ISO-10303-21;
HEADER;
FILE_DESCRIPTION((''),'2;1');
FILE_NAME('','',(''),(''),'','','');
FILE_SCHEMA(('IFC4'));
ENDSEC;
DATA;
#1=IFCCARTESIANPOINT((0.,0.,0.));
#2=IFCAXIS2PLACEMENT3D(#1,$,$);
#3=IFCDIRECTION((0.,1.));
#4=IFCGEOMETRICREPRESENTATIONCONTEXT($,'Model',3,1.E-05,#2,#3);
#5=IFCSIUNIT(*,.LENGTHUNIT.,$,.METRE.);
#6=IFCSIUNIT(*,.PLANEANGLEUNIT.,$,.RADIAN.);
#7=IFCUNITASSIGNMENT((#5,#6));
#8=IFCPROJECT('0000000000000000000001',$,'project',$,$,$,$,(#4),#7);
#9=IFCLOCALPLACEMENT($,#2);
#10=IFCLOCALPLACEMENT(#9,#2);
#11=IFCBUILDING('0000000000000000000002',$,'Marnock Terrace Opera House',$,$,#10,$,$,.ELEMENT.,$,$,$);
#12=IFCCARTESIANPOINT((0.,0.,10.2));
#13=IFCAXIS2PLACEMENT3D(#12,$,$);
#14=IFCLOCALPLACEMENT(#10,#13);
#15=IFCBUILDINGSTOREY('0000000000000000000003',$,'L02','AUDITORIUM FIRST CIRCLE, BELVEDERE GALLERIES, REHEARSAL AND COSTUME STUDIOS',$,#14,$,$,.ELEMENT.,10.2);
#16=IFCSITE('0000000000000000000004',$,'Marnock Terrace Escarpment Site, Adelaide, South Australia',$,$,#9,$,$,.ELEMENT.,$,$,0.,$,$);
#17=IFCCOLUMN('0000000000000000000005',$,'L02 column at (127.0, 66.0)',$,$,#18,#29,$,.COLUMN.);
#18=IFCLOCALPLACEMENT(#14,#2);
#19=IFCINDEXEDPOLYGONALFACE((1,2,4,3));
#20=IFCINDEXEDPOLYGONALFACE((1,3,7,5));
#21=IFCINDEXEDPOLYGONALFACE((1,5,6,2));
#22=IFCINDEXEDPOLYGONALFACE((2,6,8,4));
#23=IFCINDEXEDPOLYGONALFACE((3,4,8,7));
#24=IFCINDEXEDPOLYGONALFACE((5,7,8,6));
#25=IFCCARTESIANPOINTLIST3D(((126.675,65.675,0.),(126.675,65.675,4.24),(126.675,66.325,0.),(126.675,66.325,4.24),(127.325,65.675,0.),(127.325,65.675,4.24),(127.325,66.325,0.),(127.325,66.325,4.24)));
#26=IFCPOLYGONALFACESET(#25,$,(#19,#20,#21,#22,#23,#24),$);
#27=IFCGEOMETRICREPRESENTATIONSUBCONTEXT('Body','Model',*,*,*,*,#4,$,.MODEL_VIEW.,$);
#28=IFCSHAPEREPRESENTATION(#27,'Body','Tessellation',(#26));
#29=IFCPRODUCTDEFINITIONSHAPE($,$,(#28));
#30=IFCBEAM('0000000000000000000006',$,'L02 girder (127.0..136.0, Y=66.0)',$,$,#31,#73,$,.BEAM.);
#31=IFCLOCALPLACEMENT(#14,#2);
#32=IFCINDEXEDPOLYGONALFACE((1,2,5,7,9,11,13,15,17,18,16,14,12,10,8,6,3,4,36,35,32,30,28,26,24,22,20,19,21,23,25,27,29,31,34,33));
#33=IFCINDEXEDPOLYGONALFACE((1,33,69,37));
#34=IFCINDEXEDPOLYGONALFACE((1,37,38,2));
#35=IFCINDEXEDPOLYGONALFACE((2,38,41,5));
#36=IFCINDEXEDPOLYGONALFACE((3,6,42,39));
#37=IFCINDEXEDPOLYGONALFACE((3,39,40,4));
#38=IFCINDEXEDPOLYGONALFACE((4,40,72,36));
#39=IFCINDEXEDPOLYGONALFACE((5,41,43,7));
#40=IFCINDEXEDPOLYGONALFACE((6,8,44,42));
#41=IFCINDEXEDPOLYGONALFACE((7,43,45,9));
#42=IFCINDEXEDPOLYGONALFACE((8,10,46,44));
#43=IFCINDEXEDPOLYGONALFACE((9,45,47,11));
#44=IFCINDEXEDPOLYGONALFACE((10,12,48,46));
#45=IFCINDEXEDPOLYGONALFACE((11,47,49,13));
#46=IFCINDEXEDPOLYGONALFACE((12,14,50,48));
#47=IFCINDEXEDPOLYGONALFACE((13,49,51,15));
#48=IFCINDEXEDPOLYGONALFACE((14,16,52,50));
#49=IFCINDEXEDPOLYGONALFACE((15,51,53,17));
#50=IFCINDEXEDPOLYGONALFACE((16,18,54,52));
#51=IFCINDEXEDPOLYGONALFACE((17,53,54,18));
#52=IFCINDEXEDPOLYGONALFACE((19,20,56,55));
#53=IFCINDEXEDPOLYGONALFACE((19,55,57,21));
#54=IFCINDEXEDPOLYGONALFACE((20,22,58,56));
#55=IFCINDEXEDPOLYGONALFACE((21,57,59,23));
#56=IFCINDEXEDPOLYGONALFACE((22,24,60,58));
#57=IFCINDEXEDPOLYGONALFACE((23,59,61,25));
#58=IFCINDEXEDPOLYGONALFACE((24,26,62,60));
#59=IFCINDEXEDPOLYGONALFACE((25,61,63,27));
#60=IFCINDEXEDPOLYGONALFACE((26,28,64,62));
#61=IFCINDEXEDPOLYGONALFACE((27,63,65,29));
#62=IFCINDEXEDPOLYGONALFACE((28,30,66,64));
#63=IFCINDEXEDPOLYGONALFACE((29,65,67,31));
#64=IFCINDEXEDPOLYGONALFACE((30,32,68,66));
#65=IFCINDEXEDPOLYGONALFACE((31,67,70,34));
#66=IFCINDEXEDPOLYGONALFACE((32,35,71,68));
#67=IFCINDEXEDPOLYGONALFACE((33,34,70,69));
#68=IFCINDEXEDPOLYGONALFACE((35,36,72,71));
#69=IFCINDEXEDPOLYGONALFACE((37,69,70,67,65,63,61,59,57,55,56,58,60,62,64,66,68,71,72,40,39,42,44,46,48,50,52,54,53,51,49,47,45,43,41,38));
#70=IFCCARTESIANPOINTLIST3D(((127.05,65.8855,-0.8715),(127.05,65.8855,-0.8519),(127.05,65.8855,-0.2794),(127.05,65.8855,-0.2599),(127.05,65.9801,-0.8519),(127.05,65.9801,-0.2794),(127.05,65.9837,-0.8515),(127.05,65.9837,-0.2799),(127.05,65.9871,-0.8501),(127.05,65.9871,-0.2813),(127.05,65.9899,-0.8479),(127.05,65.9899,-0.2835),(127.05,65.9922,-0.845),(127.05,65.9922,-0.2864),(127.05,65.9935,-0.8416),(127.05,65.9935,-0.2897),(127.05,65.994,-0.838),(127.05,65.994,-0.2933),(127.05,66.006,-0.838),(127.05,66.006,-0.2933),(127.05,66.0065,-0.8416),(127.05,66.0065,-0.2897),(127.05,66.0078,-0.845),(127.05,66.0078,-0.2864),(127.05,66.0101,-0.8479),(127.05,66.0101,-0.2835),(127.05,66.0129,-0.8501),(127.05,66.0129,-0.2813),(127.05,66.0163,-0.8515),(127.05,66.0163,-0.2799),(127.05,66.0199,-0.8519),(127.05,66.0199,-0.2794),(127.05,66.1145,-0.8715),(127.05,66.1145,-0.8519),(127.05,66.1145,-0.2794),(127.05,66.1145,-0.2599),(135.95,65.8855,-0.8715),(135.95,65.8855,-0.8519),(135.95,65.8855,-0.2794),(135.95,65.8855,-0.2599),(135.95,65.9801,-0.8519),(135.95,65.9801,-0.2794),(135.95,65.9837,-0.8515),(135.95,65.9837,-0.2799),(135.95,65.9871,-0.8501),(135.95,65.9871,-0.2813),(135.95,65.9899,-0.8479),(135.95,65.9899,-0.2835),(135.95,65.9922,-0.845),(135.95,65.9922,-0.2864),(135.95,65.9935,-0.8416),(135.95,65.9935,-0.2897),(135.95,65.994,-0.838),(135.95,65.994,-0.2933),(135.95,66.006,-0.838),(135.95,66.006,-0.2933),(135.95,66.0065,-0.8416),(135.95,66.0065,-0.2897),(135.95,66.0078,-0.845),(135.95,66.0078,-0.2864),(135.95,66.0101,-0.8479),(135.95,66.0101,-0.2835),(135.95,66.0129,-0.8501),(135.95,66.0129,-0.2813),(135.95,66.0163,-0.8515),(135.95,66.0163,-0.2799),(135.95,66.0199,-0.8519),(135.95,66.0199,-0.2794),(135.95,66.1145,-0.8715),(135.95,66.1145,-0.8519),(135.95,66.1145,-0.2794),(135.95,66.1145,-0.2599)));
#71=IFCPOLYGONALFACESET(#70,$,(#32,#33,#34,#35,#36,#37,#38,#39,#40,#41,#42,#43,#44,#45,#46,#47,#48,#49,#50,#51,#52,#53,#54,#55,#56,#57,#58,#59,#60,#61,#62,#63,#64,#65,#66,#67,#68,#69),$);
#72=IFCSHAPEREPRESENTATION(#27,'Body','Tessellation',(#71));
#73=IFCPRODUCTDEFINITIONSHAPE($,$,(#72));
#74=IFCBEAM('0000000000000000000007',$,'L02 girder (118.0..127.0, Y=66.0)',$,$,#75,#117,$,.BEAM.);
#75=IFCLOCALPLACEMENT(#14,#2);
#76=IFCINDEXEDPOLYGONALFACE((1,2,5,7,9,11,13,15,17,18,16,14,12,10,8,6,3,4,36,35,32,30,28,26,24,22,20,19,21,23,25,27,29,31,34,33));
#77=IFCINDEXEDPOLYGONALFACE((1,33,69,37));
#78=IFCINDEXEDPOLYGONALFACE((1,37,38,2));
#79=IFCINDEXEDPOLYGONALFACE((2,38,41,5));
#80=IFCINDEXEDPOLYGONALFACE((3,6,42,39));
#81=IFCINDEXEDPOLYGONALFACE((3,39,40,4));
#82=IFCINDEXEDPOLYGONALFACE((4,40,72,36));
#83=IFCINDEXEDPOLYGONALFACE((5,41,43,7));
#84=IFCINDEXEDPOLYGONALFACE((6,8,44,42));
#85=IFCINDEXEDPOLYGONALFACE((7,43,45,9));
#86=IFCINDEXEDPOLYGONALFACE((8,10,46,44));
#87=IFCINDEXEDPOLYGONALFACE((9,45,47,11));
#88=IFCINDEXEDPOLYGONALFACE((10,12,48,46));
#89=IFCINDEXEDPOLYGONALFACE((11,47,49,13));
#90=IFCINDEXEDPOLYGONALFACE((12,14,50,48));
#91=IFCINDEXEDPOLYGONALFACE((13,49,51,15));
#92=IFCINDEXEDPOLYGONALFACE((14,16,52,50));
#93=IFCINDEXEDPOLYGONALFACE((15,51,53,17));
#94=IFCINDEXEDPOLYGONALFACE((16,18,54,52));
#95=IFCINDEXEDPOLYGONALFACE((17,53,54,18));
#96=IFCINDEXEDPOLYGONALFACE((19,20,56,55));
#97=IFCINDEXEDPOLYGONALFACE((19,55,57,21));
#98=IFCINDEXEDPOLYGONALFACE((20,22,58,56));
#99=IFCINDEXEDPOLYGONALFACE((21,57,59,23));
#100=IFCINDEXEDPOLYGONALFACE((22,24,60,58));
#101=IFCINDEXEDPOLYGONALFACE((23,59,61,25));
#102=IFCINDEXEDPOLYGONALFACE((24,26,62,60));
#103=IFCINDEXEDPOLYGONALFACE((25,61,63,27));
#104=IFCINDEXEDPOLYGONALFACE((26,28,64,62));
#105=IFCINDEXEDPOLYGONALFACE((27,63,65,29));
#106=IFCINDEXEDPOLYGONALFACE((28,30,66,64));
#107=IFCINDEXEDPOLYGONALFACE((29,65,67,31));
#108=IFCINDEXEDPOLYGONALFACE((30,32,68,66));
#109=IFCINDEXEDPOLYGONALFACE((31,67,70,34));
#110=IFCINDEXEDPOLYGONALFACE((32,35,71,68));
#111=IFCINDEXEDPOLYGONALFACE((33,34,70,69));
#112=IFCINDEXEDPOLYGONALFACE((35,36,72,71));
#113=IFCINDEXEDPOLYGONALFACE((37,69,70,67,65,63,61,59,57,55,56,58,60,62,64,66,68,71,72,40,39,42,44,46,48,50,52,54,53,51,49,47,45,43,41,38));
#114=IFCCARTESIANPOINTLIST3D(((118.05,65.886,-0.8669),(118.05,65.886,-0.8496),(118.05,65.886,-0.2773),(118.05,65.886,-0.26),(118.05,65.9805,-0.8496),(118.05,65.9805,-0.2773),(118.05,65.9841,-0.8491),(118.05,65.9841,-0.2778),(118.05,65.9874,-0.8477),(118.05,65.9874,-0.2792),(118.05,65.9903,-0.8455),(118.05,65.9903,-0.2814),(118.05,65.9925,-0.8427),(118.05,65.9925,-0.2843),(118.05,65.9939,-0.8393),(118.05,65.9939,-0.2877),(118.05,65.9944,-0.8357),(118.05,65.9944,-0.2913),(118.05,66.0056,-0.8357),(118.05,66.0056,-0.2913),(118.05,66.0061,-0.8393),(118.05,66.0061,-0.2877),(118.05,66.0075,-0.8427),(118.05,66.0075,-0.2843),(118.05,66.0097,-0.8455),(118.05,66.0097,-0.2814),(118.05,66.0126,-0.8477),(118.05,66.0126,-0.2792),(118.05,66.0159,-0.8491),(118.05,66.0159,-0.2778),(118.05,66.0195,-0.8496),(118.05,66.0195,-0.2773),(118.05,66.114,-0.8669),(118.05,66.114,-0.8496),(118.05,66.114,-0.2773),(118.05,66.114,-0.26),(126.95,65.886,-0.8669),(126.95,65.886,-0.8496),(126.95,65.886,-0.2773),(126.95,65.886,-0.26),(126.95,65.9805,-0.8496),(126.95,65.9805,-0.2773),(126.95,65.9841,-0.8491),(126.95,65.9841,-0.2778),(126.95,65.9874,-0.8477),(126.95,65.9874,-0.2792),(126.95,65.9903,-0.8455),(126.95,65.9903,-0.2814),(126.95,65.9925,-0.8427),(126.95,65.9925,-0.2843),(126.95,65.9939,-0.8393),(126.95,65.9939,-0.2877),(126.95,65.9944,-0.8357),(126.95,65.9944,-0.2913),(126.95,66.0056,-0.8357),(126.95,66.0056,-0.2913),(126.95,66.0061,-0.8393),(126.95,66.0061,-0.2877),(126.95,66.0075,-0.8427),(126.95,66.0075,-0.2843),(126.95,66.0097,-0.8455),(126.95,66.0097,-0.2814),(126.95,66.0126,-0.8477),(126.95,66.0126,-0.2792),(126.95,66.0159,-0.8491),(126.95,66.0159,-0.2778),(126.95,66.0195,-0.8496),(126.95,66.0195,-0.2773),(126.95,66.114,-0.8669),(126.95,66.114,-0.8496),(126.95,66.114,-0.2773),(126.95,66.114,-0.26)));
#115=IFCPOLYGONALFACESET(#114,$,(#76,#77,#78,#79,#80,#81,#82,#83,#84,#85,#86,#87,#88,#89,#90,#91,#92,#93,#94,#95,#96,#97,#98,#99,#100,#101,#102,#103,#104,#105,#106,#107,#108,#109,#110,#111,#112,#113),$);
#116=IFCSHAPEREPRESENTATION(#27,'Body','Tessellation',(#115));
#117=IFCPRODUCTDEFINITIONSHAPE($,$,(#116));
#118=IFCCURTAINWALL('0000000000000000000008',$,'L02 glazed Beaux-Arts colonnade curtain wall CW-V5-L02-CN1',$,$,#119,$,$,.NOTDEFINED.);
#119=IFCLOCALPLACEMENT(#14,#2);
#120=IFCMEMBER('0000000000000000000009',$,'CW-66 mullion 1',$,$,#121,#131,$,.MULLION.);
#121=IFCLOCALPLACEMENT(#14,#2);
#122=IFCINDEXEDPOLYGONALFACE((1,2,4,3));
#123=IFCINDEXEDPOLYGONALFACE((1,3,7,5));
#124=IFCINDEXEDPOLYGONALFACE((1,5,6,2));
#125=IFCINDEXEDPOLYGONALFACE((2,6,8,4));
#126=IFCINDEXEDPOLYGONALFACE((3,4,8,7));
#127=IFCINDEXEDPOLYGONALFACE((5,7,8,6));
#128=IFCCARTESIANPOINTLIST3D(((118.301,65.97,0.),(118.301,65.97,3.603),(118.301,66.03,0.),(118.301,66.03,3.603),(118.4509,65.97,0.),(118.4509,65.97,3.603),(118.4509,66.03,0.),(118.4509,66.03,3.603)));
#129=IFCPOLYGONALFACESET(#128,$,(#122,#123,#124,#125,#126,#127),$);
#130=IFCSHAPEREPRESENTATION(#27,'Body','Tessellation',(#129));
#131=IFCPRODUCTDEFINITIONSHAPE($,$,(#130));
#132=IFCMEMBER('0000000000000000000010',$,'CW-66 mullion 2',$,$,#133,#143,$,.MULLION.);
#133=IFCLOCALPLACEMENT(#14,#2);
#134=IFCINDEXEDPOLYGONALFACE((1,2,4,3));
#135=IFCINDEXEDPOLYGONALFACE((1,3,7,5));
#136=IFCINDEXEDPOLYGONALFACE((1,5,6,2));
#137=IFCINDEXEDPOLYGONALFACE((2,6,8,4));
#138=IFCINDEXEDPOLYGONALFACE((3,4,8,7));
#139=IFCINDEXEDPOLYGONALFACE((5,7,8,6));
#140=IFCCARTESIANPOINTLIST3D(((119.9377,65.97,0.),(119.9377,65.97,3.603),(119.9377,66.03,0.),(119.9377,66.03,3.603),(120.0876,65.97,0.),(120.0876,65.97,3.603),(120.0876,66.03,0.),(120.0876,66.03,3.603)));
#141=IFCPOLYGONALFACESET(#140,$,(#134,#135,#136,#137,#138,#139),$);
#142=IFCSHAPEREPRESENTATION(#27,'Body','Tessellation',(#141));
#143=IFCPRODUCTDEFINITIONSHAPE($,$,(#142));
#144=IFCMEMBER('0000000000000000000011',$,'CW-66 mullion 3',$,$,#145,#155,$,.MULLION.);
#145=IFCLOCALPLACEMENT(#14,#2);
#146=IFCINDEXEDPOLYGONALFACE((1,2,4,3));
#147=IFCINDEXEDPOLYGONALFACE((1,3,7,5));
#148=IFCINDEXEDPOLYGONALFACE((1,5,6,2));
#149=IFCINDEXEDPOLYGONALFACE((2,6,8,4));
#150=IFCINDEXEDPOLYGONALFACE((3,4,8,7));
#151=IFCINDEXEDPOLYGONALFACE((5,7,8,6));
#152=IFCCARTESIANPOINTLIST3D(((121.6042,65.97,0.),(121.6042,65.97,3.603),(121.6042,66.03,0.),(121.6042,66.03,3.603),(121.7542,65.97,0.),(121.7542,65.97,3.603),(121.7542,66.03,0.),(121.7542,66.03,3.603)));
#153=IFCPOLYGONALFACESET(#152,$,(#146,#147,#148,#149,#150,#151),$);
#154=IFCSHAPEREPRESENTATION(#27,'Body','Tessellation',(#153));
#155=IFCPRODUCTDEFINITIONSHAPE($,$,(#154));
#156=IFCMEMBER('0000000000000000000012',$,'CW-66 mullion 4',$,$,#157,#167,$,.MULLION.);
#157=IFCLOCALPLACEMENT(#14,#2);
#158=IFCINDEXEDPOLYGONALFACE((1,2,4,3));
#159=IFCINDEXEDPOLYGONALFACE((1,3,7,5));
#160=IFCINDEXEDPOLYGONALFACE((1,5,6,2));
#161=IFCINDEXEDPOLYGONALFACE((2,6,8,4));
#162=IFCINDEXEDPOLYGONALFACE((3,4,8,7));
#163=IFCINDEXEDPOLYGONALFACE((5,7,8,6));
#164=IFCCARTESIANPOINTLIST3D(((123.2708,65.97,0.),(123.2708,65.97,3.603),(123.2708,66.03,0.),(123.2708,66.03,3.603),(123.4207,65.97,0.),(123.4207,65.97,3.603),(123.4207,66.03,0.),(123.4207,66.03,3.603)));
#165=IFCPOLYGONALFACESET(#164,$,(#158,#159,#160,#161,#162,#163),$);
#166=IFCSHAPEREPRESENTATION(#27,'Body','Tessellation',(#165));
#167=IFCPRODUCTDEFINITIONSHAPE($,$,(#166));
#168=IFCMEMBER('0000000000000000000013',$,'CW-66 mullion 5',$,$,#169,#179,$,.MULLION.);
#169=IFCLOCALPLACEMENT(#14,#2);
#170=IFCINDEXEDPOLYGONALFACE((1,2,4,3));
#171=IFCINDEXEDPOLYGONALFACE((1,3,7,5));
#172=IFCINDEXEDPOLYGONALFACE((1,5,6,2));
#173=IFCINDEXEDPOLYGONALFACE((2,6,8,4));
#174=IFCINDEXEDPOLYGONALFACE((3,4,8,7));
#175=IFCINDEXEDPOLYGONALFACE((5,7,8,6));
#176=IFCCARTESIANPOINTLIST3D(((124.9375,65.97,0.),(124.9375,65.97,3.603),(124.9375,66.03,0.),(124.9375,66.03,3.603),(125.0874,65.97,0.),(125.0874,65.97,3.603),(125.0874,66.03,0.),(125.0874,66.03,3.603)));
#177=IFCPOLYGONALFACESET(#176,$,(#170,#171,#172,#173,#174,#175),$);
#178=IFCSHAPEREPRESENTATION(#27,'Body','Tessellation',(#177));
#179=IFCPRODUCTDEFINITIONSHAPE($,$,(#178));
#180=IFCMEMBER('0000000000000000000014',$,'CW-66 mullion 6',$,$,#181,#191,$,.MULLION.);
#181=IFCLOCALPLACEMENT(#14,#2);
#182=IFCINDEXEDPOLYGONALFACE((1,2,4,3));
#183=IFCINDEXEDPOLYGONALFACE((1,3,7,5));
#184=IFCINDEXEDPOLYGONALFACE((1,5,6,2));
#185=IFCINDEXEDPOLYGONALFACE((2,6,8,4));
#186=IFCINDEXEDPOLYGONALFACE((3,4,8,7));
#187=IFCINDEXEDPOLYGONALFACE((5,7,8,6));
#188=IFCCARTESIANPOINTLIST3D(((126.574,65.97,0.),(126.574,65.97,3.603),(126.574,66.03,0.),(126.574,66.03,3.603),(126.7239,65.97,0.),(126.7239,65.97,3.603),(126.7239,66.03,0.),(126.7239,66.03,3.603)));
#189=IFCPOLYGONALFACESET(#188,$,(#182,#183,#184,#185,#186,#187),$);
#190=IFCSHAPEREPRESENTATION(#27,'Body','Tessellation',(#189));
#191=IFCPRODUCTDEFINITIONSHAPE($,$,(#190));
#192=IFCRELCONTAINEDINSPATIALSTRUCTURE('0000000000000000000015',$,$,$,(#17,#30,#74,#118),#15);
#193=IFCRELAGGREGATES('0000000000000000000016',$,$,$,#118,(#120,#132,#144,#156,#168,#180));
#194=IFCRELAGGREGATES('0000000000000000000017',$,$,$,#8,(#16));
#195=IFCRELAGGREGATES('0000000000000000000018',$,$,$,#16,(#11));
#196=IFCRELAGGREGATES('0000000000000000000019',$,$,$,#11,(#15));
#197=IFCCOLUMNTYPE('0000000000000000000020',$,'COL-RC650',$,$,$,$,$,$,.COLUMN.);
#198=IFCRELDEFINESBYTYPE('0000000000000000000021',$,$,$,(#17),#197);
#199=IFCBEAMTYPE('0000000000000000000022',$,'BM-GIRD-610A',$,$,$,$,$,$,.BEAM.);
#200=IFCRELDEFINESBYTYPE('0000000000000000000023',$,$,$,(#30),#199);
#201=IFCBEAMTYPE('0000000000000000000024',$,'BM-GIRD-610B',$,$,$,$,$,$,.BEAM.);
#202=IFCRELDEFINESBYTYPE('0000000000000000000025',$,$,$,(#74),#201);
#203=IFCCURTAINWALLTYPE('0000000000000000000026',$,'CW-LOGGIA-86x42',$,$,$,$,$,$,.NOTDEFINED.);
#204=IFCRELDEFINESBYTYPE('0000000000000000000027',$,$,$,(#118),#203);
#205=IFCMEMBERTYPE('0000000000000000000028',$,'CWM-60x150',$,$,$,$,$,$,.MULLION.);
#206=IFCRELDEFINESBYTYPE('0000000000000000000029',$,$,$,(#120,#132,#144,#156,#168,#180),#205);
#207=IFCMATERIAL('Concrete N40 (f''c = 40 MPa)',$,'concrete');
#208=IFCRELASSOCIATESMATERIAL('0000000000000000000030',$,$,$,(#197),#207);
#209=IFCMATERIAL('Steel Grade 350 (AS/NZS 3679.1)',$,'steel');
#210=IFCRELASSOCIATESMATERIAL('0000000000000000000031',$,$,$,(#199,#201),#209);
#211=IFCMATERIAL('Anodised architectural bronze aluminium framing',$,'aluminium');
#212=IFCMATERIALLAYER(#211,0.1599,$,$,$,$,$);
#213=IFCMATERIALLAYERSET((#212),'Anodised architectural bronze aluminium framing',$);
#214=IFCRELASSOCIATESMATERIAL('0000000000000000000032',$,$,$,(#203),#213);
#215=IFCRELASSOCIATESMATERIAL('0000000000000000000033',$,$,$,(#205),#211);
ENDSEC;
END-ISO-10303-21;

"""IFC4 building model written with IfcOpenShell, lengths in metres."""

from ifc_helpers import new_model, si_unit, direction, frame, origin, origin_2d, place, context, subcontext, project, spatial, rectangle, i_section, extrude, material, layer, layer_set, material_profile, profile_set, type_object, element, aggregate, save


model = new_model("IFC4")

# Units and contexts
model_context = context("Model", 3, precision=1e-05, world=origin(), true_north=direction((0.0, 1.0)))
body_context = subcontext(model_context, "Body", "Model", "MODEL_VIEW")
ifc_project = project(units=[si_unit("LENGTHUNIT", "METRE"), si_unit("PLANEANGLEUNIT", "RADIAN")], contexts=[model_context])

# Site, building, storey
site_placement = place(None, origin())
site = spatial("IfcSite", under=ifc_project, at=site_placement, Name="Marnock Terrace Escarpment Site, Adelaide, South Australia", CompositionType="ELEMENT", RefElevation=0.0)
building_placement = place(site_placement, origin())
building = spatial("IfcBuilding", under=site, at=building_placement, Name="Marnock Terrace Opera House", CompositionType="ELEMENT")
storey_placement = place(building_placement, frame((0.0, 0.0, 10.2)))
storey = spatial("IfcBuildingStorey", under=building, at=storey_placement, Name="L02", Description="AUDITORIUM FIRST CIRCLE, BELVEDERE GALLERIES, REHEARSAL AND COSTUME STUDIOS", CompositionType="ELEMENT", Elevation=10.2)

# Column
ifc_material_1 = material(Name="Concrete N40 (f'c = 40 MPa)", Category="concrete")
ifc_material_profile_1 = material_profile(ifc_material_1, rectangle(XDim=0.6499, YDim=0.6499, at=origin_2d()))
ifc_profile_set_1 = profile_set([ifc_material_profile_1], Name="Concrete N40 (f'c = 40 MPa)")
column_type = type_object("IfcColumnType", Name="COL-RC650", PredefinedType="COLUMN", material=ifc_profile_set_1)
column_placement = place(storey_placement, frame((127.0, 66.0, 0.0), z_axis=(0.0, 0.0, 1.0), x_axis=(1.0, 0.0, 0.0)))
element("IfcColumn", 1, at=column_placement, inside=storey, type_object=column_type, Name="L02 column at (127.0, 66.0)", PredefinedType="COLUMN", context=body_context, shape_type="SweptSolid", body=[
    extrude(rectangle(XDim=0.6499, YDim=0.6499, at=origin_2d()), origin(), (0.0, 0.0, 1.0), 4.24),
])

# Beams
ifc_material_2 = material(Name="Steel Grade 350 (AS/NZS 3679.1)", Category="steel")
ifc_material_profile_2 = material_profile(ifc_material_2, i_section(OverallWidth=0.229, OverallDepth=0.6116, WebThickness=0.012, FlangeThickness=0.0195, FilletRadius=0.0139, at=origin_2d()))
ifc_profile_set_2 = profile_set([ifc_material_profile_2], Name="Steel Grade 350 (AS/NZS 3679.1)")
beam_type_1 = type_object("IfcBeamType", Name="BM-GIRD-610A", PredefinedType="BEAM", material=ifc_profile_set_2)
beam_1_placement = place(storey_placement, frame((127.05, 66.0, -0.5657), z_axis=(1.0, 0.0, 0.0), x_axis=(0.0, 1.0, 0.0)))
element("IfcBeam", 2, at=beam_1_placement, inside=storey, type_object=beam_type_1, Name="L02 girder (127.0..136.0, Y=66.0)", PredefinedType="BEAM", context=body_context, shape_type="SweptSolid", body=[
    extrude(i_section(OverallWidth=0.229, OverallDepth=0.6116, WebThickness=0.012, FlangeThickness=0.0195, FilletRadius=0.0139, at=origin_2d()), origin(), (0.0, 0.0, 1.0), 8.8999),
])
ifc_material_profile_3 = material_profile(ifc_material_2, i_section(OverallWidth=0.228, OverallDepth=0.6069, WebThickness=0.0112, FlangeThickness=0.0173, FilletRadius=0.0139, at=origin_2d()))
ifc_profile_set_3 = profile_set([ifc_material_profile_3], Name="Steel Grade 350 (AS/NZS 3679.1)")
beam_type_2 = type_object("IfcBeamType", Name="BM-GIRD-610B", PredefinedType="BEAM", material=ifc_profile_set_3)
beam_2_placement = place(storey_placement, frame((118.05, 66.0, -0.5635), z_axis=(1.0, 0.0, 0.0), x_axis=(0.0, 1.0, 0.0)))
element("IfcBeam", 3, at=beam_2_placement, inside=storey, type_object=beam_type_2, Name="L02 girder (118.0..127.0, Y=66.0)", PredefinedType="BEAM", context=body_context, shape_type="SweptSolid", body=[
    extrude(i_section(OverallWidth=0.228, OverallDepth=0.6069, WebThickness=0.0112, FlangeThickness=0.0173, FilletRadius=0.0139, at=origin_2d()), origin(), (0.0, 0.0, 1.0), 8.8999),
])

# Curtain wall, members
ifc_material_3 = material(Name="Anodised architectural bronze aluminium framing", Category="aluminium")
ifc_layer_1 = layer(ifc_material_3, 0.1599)
ifc_layer_set_1 = layer_set([ifc_layer_1], Name="Anodised architectural bronze aluminium framing")
curtain_wall_type = type_object("IfcCurtainWallType", Name="CW-LOGGIA-86x42", PredefinedType="NOTDEFINED", material=ifc_layer_set_1)
curtain_wall_1_placement = place(storey_placement, origin())
curtain_wall_1 = element("IfcCurtainWall", 4, at=curtain_wall_1_placement, inside=storey, type_object=curtain_wall_type, Name="L02 glazed Beaux-Arts colonnade curtain wall CW-V5-L02-CN1", PredefinedType="NOTDEFINED")
ifc_material_profile_4 = material_profile(ifc_material_3, rectangle(XDim=0.0601, YDim=0.1499, at=origin_2d()))
ifc_profile_set_4 = profile_set([ifc_material_profile_4], Name="Anodised architectural bronze aluminium framing")
member_type_1 = type_object("IfcMemberType", Name="CWM-60x150", PredefinedType="MULLION", material=ifc_profile_set_4)
member_1_placement = place(storey_placement, frame((118.376, 66.0, 0.0), z_axis=(0.0, 0.0, 1.0), x_axis=(0.0, 1.0, 0.0)))
member_1 = element("IfcMember", 5, at=member_1_placement, type_object=member_type_1, Name="CW-66 mullion 1", PredefinedType="MULLION", context=body_context, shape_type="SweptSolid", body=[
    extrude(rectangle(XDim=0.0601, YDim=0.1499, at=origin_2d()), origin(), (0.0, 0.0, 1.0), 3.603),
])
member_2_placement = place(storey_placement, frame((120.0127, 66.0, 0.0), z_axis=(0.0, 0.0, 1.0), x_axis=(0.0, 1.0, 0.0)))
member_2 = element("IfcMember", 6, at=member_2_placement, type_object=member_type_1, Name="CW-66 mullion 2", PredefinedType="MULLION", context=body_context, shape_type="SweptSolid", body=[
    extrude(rectangle(XDim=0.0601, YDim=0.1499, at=origin_2d()), origin(), (0.0, 0.0, 1.0), 3.603),
])
member_3_placement = place(storey_placement, frame((121.6792, 66.0, 0.0), z_axis=(0.0, 0.0, 1.0), x_axis=(0.0, 1.0, 0.0)))
member_3 = element("IfcMember", 7, at=member_3_placement, type_object=member_type_1, Name="CW-66 mullion 3", PredefinedType="MULLION", context=body_context, shape_type="SweptSolid", body=[
    extrude(rectangle(XDim=0.0601, YDim=0.1499, at=origin_2d()), origin(), (0.0, 0.0, 1.0), 3.603),
])
member_4_placement = place(storey_placement, frame((123.3457, 66.0, 0.0), z_axis=(0.0, 0.0, 1.0), x_axis=(0.0, 1.0, 0.0)))
member_4 = element("IfcMember", 8, at=member_4_placement, type_object=member_type_1, Name="CW-66 mullion 4", PredefinedType="MULLION", context=body_context, shape_type="SweptSolid", body=[
    extrude(rectangle(XDim=0.0601, YDim=0.1499, at=origin_2d()), origin(), (0.0, 0.0, 1.0), 3.603),
])
member_5_placement = place(storey_placement, frame((125.0125, 66.0, 0.0), z_axis=(0.0, 0.0, 1.0), x_axis=(0.0, 1.0, 0.0)))
member_5 = element("IfcMember", 9, at=member_5_placement, type_object=member_type_1, Name="CW-66 mullion 5", PredefinedType="MULLION", context=body_context, shape_type="SweptSolid", body=[
    extrude(rectangle(XDim=0.0601, YDim=0.1499, at=origin_2d()), origin(), (0.0, 0.0, 1.0), 3.603),
])
member_6_placement = place(storey_placement, frame((126.6489, 66.0, 0.0), z_axis=(0.0, 0.0, 1.0), x_axis=(0.0, 1.0, 0.0)))
member_6 = element("IfcMember", 10, at=member_6_placement, type_object=member_type_1, Name="CW-66 mullion 6", PredefinedType="MULLION", context=body_context, shape_type="SweptSolid", body=[
    extrude(rectangle(XDim=0.0601, YDim=0.1499, at=origin_2d()), origin(), (0.0, 0.0, 1.0), 3.603),
])

aggregate(curtain_wall_1, [member_1, member_2, member_3, member_4, member_5, member_6])

save(model, "model.ifc")
